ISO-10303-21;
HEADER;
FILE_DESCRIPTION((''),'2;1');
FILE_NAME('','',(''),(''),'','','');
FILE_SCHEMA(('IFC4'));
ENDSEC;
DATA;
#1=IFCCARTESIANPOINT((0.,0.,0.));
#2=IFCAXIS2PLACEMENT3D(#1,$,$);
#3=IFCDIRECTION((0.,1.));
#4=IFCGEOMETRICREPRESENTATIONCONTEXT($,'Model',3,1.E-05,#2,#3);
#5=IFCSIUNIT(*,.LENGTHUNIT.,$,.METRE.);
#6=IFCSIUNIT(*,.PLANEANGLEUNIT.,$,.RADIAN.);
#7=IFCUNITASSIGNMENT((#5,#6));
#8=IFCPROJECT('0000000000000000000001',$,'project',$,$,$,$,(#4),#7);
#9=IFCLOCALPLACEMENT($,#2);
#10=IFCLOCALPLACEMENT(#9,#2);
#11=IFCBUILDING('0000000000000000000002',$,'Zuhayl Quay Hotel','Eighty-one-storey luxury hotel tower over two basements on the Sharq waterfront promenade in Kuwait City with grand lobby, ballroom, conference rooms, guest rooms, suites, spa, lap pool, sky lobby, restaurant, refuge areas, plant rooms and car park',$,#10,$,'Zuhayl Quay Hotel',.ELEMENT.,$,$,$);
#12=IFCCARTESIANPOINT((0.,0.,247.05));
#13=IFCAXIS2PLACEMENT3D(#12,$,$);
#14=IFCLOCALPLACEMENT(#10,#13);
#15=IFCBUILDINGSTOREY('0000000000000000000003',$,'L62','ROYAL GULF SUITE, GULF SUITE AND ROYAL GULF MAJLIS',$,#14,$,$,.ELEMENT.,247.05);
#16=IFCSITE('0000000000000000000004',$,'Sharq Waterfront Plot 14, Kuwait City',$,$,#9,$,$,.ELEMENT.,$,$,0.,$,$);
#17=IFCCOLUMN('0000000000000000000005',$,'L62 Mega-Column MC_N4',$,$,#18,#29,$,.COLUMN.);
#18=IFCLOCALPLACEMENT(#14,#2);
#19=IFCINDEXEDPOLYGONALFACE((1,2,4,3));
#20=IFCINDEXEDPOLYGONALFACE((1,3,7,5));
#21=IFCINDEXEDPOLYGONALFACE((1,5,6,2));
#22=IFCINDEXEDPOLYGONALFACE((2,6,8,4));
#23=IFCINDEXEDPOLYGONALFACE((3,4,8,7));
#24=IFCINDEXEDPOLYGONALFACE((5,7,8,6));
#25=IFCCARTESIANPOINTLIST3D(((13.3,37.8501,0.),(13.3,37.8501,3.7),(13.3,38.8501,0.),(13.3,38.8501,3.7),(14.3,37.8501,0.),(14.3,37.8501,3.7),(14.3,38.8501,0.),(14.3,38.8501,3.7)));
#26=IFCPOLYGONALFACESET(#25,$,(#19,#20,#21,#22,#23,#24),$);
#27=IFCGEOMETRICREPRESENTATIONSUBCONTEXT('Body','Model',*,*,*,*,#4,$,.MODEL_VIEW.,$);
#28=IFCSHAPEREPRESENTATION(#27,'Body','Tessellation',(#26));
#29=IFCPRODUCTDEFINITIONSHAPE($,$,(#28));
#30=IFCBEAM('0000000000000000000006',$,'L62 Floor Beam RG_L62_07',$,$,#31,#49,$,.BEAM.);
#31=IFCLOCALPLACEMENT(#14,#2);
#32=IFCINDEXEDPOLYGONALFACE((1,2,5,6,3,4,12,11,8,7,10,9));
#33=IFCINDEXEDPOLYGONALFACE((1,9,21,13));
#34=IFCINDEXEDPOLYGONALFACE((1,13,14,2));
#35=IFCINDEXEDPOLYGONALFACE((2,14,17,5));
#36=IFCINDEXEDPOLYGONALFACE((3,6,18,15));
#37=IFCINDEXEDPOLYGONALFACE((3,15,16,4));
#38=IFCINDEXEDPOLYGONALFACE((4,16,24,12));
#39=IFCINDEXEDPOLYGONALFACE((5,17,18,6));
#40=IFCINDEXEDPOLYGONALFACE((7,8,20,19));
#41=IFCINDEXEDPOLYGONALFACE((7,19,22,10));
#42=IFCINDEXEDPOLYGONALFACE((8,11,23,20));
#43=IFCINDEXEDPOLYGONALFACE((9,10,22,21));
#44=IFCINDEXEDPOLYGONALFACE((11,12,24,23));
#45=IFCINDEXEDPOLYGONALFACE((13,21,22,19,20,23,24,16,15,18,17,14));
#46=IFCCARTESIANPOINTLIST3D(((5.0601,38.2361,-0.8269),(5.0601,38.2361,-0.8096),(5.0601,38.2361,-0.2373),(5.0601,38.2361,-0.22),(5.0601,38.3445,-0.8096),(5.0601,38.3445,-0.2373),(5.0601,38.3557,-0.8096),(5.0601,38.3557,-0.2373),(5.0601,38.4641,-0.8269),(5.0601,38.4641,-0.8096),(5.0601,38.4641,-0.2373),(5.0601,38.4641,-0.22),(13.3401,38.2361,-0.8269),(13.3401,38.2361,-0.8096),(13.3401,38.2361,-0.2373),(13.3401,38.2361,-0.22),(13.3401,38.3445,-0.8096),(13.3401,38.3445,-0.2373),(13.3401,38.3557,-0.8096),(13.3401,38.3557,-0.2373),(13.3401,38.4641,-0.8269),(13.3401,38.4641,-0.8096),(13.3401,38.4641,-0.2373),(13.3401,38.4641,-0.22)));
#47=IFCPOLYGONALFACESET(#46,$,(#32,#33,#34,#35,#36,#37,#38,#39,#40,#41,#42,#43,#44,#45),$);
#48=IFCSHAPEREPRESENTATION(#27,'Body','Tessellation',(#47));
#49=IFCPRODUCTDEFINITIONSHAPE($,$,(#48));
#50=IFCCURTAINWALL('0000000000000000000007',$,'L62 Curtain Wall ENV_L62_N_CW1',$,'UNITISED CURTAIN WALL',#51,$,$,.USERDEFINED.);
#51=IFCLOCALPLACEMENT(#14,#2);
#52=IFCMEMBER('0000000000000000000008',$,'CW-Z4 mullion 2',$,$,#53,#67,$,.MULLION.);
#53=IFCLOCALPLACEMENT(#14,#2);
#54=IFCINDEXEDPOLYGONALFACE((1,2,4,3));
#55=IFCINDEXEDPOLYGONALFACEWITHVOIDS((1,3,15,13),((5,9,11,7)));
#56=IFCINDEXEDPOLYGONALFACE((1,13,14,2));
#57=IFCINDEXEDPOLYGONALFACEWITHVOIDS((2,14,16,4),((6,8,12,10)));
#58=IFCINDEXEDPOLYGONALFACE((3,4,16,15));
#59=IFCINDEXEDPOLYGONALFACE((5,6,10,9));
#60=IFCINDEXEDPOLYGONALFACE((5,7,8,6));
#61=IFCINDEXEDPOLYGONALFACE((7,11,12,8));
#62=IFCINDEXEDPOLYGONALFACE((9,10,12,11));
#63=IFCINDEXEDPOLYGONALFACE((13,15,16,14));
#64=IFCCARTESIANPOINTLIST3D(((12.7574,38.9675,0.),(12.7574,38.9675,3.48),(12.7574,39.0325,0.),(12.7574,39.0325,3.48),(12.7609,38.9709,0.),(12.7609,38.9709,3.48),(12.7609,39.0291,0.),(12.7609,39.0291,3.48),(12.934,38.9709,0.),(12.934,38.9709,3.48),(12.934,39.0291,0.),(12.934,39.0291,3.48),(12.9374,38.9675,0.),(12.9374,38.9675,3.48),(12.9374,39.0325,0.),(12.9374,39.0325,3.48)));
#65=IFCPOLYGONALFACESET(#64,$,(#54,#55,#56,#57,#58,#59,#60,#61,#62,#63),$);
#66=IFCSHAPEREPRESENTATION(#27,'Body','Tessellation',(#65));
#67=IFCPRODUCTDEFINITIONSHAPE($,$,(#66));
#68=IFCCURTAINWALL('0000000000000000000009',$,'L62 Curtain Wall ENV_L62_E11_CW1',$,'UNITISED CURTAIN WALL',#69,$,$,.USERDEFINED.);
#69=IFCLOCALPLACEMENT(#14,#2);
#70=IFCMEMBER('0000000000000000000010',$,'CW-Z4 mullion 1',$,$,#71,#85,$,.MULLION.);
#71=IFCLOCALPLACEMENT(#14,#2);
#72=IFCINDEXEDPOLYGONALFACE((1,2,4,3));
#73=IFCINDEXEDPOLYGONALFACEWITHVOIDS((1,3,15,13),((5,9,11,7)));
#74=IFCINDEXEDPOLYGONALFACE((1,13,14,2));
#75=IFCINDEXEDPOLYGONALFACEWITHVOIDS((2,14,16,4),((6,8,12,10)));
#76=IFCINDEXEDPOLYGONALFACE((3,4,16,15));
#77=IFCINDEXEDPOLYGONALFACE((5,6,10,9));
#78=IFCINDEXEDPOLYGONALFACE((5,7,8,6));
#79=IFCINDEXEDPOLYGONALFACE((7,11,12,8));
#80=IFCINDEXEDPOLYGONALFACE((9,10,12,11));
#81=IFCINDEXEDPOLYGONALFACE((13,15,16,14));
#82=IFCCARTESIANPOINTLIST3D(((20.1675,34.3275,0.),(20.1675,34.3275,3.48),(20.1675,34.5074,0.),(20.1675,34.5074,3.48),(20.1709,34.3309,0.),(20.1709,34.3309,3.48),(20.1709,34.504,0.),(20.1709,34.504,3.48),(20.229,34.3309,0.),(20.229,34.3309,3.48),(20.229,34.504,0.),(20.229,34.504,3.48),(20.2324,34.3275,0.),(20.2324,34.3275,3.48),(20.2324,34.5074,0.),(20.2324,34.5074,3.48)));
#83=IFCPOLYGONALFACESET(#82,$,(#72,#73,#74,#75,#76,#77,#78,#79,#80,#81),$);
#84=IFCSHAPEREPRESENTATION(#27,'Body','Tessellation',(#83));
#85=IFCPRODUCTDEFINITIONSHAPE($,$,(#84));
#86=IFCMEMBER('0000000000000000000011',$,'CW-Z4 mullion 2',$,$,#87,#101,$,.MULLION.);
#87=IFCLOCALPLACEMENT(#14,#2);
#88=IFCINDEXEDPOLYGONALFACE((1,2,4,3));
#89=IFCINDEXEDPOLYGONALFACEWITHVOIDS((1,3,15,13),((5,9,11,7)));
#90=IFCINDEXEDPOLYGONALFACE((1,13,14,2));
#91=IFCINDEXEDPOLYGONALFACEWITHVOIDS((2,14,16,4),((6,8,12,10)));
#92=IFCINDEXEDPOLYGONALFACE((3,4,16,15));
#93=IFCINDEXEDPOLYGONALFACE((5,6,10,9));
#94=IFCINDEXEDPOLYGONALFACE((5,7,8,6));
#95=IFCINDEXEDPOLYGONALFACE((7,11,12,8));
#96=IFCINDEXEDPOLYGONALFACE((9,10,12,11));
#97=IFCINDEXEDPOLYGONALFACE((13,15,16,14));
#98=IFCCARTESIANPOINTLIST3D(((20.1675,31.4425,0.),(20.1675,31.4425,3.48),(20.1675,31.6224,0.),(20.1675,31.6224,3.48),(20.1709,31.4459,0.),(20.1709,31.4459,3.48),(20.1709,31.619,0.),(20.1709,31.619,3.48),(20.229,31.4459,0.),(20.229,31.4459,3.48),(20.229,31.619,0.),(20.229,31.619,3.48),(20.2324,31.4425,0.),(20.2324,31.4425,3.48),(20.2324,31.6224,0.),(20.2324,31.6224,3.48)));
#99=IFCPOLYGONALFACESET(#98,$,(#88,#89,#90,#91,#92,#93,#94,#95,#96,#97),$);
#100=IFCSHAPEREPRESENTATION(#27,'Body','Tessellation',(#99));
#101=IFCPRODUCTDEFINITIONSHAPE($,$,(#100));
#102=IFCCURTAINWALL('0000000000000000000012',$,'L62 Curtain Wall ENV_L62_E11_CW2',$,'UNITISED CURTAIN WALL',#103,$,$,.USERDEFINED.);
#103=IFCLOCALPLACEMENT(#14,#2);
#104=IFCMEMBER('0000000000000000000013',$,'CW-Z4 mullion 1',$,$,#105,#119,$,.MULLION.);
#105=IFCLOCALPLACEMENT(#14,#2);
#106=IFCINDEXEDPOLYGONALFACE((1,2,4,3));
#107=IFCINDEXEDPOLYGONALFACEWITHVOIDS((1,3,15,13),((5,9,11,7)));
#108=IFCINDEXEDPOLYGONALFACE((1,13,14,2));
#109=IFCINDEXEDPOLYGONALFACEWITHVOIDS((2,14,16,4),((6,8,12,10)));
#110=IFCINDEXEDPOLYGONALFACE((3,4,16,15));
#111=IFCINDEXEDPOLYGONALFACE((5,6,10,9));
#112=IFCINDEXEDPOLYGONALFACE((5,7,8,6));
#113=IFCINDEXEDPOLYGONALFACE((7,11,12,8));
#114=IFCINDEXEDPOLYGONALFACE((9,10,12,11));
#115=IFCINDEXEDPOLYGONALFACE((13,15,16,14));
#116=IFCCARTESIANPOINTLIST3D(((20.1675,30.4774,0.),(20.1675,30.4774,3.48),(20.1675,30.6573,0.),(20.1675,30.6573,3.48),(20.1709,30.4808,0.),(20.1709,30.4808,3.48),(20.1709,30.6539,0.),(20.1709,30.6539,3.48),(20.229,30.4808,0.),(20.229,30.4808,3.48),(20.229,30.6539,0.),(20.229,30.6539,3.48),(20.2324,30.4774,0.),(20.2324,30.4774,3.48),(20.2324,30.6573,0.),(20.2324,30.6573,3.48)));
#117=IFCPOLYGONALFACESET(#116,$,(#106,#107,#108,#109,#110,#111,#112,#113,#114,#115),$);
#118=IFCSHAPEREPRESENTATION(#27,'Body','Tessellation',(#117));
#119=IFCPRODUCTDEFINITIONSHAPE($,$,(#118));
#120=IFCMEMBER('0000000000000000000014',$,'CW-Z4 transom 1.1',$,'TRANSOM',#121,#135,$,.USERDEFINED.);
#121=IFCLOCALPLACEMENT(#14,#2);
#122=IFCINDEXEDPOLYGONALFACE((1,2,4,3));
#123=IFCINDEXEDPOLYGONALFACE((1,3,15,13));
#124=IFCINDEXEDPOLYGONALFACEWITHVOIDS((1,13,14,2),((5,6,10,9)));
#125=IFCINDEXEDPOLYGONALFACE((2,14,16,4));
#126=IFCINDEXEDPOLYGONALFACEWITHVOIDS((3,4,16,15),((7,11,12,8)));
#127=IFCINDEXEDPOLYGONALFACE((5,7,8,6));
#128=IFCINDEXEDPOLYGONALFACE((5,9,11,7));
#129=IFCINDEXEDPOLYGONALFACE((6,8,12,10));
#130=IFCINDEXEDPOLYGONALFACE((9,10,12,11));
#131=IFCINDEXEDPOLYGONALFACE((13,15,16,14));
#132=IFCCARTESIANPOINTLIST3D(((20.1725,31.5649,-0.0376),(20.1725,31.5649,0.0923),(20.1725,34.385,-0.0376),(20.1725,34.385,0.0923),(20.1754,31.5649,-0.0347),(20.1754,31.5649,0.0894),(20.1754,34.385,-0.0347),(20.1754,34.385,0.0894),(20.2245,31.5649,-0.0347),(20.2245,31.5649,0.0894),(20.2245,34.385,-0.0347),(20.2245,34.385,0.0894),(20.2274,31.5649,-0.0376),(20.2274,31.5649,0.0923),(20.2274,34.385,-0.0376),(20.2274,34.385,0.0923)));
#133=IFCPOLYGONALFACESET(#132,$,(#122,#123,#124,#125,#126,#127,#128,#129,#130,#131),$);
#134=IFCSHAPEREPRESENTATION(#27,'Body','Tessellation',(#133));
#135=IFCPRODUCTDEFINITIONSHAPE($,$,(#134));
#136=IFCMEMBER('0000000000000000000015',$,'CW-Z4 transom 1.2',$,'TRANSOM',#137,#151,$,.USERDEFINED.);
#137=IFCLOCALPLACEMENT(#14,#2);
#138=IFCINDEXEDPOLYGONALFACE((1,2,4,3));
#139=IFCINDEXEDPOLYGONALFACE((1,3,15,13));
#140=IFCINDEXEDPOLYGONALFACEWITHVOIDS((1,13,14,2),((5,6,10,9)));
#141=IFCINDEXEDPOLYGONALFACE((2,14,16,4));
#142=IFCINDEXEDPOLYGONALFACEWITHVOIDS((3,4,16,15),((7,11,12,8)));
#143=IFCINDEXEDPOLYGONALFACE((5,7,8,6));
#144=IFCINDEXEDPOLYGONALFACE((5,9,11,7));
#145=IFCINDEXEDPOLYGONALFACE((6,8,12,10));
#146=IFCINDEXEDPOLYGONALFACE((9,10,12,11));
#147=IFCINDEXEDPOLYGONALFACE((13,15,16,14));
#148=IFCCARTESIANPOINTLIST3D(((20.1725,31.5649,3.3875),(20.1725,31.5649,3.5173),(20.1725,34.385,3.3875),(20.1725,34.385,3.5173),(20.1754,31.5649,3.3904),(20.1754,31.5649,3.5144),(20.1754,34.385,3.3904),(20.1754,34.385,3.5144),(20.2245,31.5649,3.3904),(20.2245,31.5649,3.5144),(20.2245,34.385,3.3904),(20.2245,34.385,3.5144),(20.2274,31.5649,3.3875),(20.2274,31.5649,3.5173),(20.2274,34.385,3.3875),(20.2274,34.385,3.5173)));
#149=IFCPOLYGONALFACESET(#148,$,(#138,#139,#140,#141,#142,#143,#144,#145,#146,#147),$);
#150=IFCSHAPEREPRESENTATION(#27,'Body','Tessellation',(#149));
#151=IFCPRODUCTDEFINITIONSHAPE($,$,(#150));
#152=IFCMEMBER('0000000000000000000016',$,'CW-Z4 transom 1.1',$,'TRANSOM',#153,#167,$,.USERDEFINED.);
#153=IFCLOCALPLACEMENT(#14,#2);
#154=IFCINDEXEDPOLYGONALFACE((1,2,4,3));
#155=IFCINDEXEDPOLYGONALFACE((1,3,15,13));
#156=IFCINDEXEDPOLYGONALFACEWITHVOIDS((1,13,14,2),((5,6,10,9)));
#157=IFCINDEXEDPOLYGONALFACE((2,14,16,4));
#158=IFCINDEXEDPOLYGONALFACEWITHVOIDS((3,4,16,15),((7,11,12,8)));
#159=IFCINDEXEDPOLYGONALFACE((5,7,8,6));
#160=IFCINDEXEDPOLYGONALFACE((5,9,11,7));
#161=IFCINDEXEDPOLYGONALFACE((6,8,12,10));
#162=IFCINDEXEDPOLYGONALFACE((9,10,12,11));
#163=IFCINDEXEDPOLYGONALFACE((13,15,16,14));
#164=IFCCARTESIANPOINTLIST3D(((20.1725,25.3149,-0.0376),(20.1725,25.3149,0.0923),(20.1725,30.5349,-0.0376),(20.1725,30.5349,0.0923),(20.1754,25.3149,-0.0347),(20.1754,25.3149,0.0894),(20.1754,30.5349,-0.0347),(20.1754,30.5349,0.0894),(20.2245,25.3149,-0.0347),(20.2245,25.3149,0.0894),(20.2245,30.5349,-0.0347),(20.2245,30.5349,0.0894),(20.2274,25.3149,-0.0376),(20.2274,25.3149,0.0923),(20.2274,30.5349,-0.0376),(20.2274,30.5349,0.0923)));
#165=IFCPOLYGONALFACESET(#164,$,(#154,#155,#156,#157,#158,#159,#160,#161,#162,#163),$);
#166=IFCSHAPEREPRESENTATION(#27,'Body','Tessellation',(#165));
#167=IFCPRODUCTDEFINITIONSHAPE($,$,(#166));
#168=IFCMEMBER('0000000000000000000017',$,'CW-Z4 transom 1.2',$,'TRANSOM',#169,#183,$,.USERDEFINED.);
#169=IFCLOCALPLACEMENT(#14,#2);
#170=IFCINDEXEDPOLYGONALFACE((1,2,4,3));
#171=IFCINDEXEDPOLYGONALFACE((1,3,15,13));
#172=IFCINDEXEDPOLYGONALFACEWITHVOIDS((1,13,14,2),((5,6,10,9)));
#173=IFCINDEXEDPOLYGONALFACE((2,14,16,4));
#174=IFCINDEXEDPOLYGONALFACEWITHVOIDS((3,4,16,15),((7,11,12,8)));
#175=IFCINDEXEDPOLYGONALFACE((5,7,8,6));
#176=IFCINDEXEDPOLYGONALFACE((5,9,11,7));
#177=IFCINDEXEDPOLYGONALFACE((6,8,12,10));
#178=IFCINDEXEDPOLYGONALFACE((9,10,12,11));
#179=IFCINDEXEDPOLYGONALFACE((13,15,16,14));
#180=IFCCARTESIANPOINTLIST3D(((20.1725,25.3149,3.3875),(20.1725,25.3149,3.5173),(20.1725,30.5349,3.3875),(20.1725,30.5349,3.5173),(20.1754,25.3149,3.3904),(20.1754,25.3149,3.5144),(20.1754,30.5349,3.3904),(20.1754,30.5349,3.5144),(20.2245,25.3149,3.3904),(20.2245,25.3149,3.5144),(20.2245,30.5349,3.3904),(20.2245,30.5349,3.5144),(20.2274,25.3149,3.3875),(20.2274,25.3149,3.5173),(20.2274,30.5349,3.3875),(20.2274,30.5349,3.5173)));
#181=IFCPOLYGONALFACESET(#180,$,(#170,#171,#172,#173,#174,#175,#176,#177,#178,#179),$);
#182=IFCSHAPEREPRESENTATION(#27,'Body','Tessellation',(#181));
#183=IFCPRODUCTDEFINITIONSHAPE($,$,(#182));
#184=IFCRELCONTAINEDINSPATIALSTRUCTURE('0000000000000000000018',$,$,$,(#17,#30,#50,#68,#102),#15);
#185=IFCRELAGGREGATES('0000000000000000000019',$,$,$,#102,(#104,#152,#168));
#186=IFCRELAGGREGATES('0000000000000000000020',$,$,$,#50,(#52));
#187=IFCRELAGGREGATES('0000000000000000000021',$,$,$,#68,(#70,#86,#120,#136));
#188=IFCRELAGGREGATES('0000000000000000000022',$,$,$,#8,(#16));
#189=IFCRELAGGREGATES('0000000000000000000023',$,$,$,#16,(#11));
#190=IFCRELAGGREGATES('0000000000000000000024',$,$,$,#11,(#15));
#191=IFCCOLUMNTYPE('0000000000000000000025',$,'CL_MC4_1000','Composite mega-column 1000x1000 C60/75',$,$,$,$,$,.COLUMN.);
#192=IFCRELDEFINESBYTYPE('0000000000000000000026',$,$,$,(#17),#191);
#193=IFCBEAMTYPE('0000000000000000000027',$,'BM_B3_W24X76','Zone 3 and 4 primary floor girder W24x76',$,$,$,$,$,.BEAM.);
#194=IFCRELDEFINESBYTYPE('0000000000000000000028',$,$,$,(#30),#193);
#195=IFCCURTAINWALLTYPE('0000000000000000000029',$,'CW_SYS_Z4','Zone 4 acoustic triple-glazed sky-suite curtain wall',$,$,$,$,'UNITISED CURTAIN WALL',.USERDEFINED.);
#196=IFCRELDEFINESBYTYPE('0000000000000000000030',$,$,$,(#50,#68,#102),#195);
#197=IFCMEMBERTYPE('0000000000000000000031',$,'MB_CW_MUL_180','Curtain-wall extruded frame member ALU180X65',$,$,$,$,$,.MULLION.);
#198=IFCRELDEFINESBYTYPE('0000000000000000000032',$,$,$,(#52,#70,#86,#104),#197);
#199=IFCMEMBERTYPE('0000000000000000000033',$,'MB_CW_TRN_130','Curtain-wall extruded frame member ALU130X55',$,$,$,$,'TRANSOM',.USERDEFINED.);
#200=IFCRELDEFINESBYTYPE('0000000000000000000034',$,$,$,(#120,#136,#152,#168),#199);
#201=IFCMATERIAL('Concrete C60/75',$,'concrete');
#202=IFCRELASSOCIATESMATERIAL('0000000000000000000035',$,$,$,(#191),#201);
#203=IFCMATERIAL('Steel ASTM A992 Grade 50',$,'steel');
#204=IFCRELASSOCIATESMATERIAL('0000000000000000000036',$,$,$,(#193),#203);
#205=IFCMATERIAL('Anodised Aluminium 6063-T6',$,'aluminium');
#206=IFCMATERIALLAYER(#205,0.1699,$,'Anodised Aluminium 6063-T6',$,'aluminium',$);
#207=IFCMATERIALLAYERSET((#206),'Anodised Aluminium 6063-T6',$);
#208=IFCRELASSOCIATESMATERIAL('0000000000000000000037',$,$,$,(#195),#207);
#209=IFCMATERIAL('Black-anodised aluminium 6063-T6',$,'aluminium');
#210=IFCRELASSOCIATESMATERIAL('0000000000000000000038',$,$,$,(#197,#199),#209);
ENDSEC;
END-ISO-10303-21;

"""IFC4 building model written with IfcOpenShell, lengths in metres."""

from ifc_helpers import new_model, si_unit, direction, frame, origin, origin_2d, place, context, subcontext, project, spatial, rectangle, hollow_rectangle, i_section, extrude, material, layer, layer_set, material_profile, profile_set, type_object, element, aggregate, save


model = new_model("IFC4")

# Units and contexts
model_context = context("Model", 3, precision=1e-05, world=origin(), true_north=direction((0.0, 1.0)))
body_context = subcontext(model_context, "Body", "Model", "MODEL_VIEW")
ifc_project = project(units=[si_unit("LENGTHUNIT", "METRE"), si_unit("PLANEANGLEUNIT", "RADIAN")], contexts=[model_context])

# Site, building, storey
site_placement = place(None, origin())
site = spatial("IfcSite", under=ifc_project, at=site_placement, Name="Sharq Waterfront Plot 14, Kuwait City", CompositionType="ELEMENT", RefElevation=0.0)
building_placement = place(site_placement, origin())
building = spatial("IfcBuilding", under=site, at=building_placement, Name="Zuhayl Quay Hotel", Description="Eighty-one-storey luxury hotel tower over two basements on the Sharq waterfront promenade in Kuwait City with grand lobby, ballroom, conference rooms, guest rooms, suites, spa, lap pool, sky lobby, restaurant, refuge areas, plant rooms and car park", LongName="Zuhayl Quay Hotel", CompositionType="ELEMENT")
storey_placement = place(building_placement, frame((0.0, 0.0, 247.05)))
storey = spatial("IfcBuildingStorey", under=building, at=storey_placement, Name="L62", Description="ROYAL GULF SUITE, GULF SUITE AND ROYAL GULF MAJLIS", CompositionType="ELEMENT", Elevation=247.05)

# Column
ifc_material_1 = material(Name="Concrete C60/75", Category="concrete")
ifc_material_profile_1 = material_profile(ifc_material_1, rectangle(XDim=1.0, YDim=1.0, at=origin_2d()), Name="RC1000X1000")
ifc_profile_set_1 = profile_set([ifc_material_profile_1], Name="Concrete C60/75")
column_type = type_object("IfcColumnType", Name="CL_MC4_1000", Description="Composite mega-column 1000x1000 C60/75", PredefinedType="COLUMN", material=ifc_profile_set_1)
column_placement = place(storey_placement, frame((13.8, 38.3501, 0.0), z_axis=(0.0, 0.0, 1.0), x_axis=(1.0, 0.0, 0.0)))
element("IfcColumn", 1, at=column_placement, inside=storey, type_object=column_type, Name="L62 Mega-Column MC_N4", PredefinedType="COLUMN", context=body_context, shape_type="SweptSolid", body=[
    extrude(rectangle(XDim=1.0, YDim=1.0, at=origin_2d()), origin(), (0.0, 0.0, 1.0), 3.7),
])

# Beam
ifc_material_2 = material(Name="Steel ASTM A992 Grade 50", Category="steel")
ifc_material_profile_2 = material_profile(ifc_material_2, i_section(OverallWidth=0.228, OverallDepth=0.6069, WebThickness=0.0112, FlangeThickness=0.0173, at=origin_2d()), Name="W24X76")
ifc_profile_set_2 = profile_set([ifc_material_profile_2], Name="Steel ASTM A992 Grade 50")
beam_type = type_object("IfcBeamType", Name="BM_B3_W24X76", Description="Zone 3 and 4 primary floor girder W24x76", PredefinedType="BEAM", material=ifc_profile_set_2)
beam_placement = place(storey_placement, frame((13.3401, 38.3501, -0.5234), z_axis=(-1.0, 0.0, 0.0), x_axis=(0.0, -1.0, 0.0)))
element("IfcBeam", 2, at=beam_placement, inside=storey, type_object=beam_type, Name="L62 Floor Beam RG_L62_07", PredefinedType="BEAM", context=body_context, shape_type="SweptSolid", body=[
    extrude(i_section(OverallWidth=0.228, OverallDepth=0.6069, WebThickness=0.0112, FlangeThickness=0.0173, at=origin_2d()), origin(), (0.0, 0.0, 1.0), 8.28),
])

# Curtain wall, member
ifc_material_3 = material(Name="Anodised Aluminium 6063-T6", Category="aluminium")
ifc_layer_1 = layer(ifc_material_3, 0.1699, Name="Anodised Aluminium 6063-T6", Category="aluminium")
ifc_layer_set_1 = layer_set([ifc_layer_1], Name="Anodised Aluminium 6063-T6")
curtain_wall_type = type_object("IfcCurtainWallType", Name="CW_SYS_Z4", Description="Zone 4 acoustic triple-glazed sky-suite curtain wall", ElementType="UNITISED CURTAIN WALL", PredefinedType="USERDEFINED", material=ifc_layer_set_1)
curtain_wall_1_placement = place(storey_placement, origin())
curtain_wall_1 = element("IfcCurtainWall", 3, at=curtain_wall_1_placement, inside=storey, type_object=curtain_wall_type, Name="L62 Curtain Wall ENV_L62_N_CW1", ObjectType="UNITISED CURTAIN WALL", PredefinedType="USERDEFINED")
ifc_material_4 = material(Name="Black-anodised aluminium 6063-T6", Category="aluminium")
ifc_material_profile_3 = material_profile(ifc_material_4, hollow_rectangle(XDim=0.0649, YDim=0.1799, WallThickness=0.0034, at=origin_2d()), Name="ALU180X65")
ifc_profile_set_3 = profile_set([ifc_material_profile_3], Name="Black-anodised aluminium 6063-T6")
member_type_1 = type_object("IfcMemberType", Name="MB_CW_MUL_180", Description="Curtain-wall extruded frame member ALU180X65", PredefinedType="MULLION", material=ifc_profile_set_3)
member_1_placement = place(storey_placement, frame((12.8474, 39.0, 0.0), z_axis=(0.0, 0.0, 1.0), x_axis=(0.0, 1.0, 0.0)))
member_1 = element("IfcMember", 4, at=member_1_placement, type_object=member_type_1, Name="CW-Z4 mullion 2", PredefinedType="MULLION", context=body_context, shape_type="SweptSolid", body=[
    extrude(hollow_rectangle(XDim=0.0649, YDim=0.1799, WallThickness=0.0034, at=origin_2d()), origin(), (0.0, 0.0, 1.0), 3.48),
])

# Curtain wall, members
curtain_wall_2_placement = place(storey_placement, origin())
curtain_wall_2 = element("IfcCurtainWall", 5, at=curtain_wall_2_placement, inside=storey, type_object=curtain_wall_type, Name="L62 Curtain Wall ENV_L62_E11_CW1", ObjectType="UNITISED CURTAIN WALL", PredefinedType="USERDEFINED")
member_2_placement = place(storey_placement, frame((20.2, 34.4175, 0.0), z_axis=(0.0, 0.0, 1.0), x_axis=(1.0, 0.0, 0.0)))
member_2 = element("IfcMember", 6, at=member_2_placement, type_object=member_type_1, Name="CW-Z4 mullion 1", PredefinedType="MULLION", context=body_context, shape_type="SweptSolid", body=[
    extrude(hollow_rectangle(XDim=0.0649, YDim=0.1799, WallThickness=0.0034, at=origin_2d()), origin(), (0.0, 0.0, 1.0), 3.48),
])
member_3_placement = place(storey_placement, frame((20.2, 31.5325, 0.0), z_axis=(0.0, 0.0, 1.0), x_axis=(1.0, 0.0, 0.0)))
member_3 = element("IfcMember", 7, at=member_3_placement, type_object=member_type_1, Name="CW-Z4 mullion 2", PredefinedType="MULLION", context=body_context, shape_type="SweptSolid", body=[
    extrude(hollow_rectangle(XDim=0.0649, YDim=0.1799, WallThickness=0.0034, at=origin_2d()), origin(), (0.0, 0.0, 1.0), 3.48),
])

# Curtain wall, member
curtain_wall_3_placement = place(storey_placement, origin())
curtain_wall_3 = element("IfcCurtainWall", 8, at=curtain_wall_3_placement, inside=storey, type_object=curtain_wall_type, Name="L62 Curtain Wall ENV_L62_E11_CW2", ObjectType="UNITISED CURTAIN WALL", PredefinedType="USERDEFINED")
member_4_placement = place(storey_placement, frame((20.2, 30.5674, 0.0), z_axis=(0.0, 0.0, 1.0), x_axis=(1.0, 0.0, 0.0)))
member_4 = element("IfcMember", 9, at=member_4_placement, type_object=member_type_1, Name="CW-Z4 mullion 1", PredefinedType="MULLION", context=body_context, shape_type="SweptSolid", body=[
    extrude(hollow_rectangle(XDim=0.0649, YDim=0.1799, WallThickness=0.0034, at=origin_2d()), origin(), (0.0, 0.0, 1.0), 3.48),
])

# Members
ifc_material_profile_4 = material_profile(ifc_material_4, hollow_rectangle(XDim=0.0549, YDim=0.1299, WallThickness=0.0029, at=origin_2d()), Name="ALU130X55")
ifc_profile_set_4 = profile_set([ifc_material_profile_4], Name="Black-anodised aluminium 6063-T6")
member_type_2 = type_object("IfcMemberType", Name="MB_CW_TRN_130", Description="Curtain-wall extruded frame member ALU130X55", ElementType="TRANSOM", PredefinedType="USERDEFINED", material=ifc_profile_set_4)
member_5_placement = place(storey_placement, frame((20.2, 34.385, 0.0273), z_axis=(0.0, -1.0, 0.0), x_axis=(1.0, 0.0, 0.0)))
member_5 = element("IfcMember", 10, at=member_5_placement, type_object=member_type_2, Name="CW-Z4 transom 1.1", ObjectType="TRANSOM", PredefinedType="USERDEFINED", context=body_context, shape_type="SweptSolid", body=[
    extrude(hollow_rectangle(XDim=0.0549, YDim=0.1299, WallThickness=0.0029, at=origin_2d()), origin(), (0.0, 0.0, 1.0), 2.8201),
])
member_6_placement = place(storey_placement, frame((20.2, 34.385, 3.4524), z_axis=(0.0, -1.0, 0.0), x_axis=(1.0, 0.0, 0.0)))
member_6 = element("IfcMember", 11, at=member_6_placement, type_object=member_type_2, Name="CW-Z4 transom 1.2", ObjectType="TRANSOM", PredefinedType="USERDEFINED", context=body_context, shape_type="SweptSolid", body=[
    extrude(hollow_rectangle(XDim=0.0549, YDim=0.1299, WallThickness=0.0029, at=origin_2d()), origin(), (0.0, 0.0, 1.0), 2.8201),
])
member_7_placement = place(storey_placement, frame((20.2, 30.5349, 0.0273), z_axis=(0.0, -1.0, 0.0), x_axis=(1.0, 0.0, 0.0)))
member_7 = element("IfcMember", 12, at=member_7_placement, type_object=member_type_2, Name="CW-Z4 transom 1.1", ObjectType="TRANSOM", PredefinedType="USERDEFINED", context=body_context, shape_type="SweptSolid", body=[
    extrude(hollow_rectangle(XDim=0.0549, YDim=0.1299, WallThickness=0.0029, at=origin_2d()), origin(), (0.0, 0.0, 1.0), 5.22),
])
member_8_placement = place(storey_placement, frame((20.2, 30.5349, 3.4524), z_axis=(0.0, -1.0, 0.0), x_axis=(1.0, 0.0, 0.0)))
member_8 = element("IfcMember", 13, at=member_8_placement, type_object=member_type_2, Name="CW-Z4 transom 1.2", ObjectType="TRANSOM", PredefinedType="USERDEFINED", context=body_context, shape_type="SweptSolid", body=[
    extrude(hollow_rectangle(XDim=0.0549, YDim=0.1299, WallThickness=0.0029, at=origin_2d()), origin(), (0.0, 0.0, 1.0), 5.22),
])
aggregate(curtain_wall_3, [member_4, member_7, member_8])

aggregate(curtain_wall_1, [member_1])
aggregate(curtain_wall_2, [member_2, member_3, member_5, member_6])

save(model, "model.ifc")
